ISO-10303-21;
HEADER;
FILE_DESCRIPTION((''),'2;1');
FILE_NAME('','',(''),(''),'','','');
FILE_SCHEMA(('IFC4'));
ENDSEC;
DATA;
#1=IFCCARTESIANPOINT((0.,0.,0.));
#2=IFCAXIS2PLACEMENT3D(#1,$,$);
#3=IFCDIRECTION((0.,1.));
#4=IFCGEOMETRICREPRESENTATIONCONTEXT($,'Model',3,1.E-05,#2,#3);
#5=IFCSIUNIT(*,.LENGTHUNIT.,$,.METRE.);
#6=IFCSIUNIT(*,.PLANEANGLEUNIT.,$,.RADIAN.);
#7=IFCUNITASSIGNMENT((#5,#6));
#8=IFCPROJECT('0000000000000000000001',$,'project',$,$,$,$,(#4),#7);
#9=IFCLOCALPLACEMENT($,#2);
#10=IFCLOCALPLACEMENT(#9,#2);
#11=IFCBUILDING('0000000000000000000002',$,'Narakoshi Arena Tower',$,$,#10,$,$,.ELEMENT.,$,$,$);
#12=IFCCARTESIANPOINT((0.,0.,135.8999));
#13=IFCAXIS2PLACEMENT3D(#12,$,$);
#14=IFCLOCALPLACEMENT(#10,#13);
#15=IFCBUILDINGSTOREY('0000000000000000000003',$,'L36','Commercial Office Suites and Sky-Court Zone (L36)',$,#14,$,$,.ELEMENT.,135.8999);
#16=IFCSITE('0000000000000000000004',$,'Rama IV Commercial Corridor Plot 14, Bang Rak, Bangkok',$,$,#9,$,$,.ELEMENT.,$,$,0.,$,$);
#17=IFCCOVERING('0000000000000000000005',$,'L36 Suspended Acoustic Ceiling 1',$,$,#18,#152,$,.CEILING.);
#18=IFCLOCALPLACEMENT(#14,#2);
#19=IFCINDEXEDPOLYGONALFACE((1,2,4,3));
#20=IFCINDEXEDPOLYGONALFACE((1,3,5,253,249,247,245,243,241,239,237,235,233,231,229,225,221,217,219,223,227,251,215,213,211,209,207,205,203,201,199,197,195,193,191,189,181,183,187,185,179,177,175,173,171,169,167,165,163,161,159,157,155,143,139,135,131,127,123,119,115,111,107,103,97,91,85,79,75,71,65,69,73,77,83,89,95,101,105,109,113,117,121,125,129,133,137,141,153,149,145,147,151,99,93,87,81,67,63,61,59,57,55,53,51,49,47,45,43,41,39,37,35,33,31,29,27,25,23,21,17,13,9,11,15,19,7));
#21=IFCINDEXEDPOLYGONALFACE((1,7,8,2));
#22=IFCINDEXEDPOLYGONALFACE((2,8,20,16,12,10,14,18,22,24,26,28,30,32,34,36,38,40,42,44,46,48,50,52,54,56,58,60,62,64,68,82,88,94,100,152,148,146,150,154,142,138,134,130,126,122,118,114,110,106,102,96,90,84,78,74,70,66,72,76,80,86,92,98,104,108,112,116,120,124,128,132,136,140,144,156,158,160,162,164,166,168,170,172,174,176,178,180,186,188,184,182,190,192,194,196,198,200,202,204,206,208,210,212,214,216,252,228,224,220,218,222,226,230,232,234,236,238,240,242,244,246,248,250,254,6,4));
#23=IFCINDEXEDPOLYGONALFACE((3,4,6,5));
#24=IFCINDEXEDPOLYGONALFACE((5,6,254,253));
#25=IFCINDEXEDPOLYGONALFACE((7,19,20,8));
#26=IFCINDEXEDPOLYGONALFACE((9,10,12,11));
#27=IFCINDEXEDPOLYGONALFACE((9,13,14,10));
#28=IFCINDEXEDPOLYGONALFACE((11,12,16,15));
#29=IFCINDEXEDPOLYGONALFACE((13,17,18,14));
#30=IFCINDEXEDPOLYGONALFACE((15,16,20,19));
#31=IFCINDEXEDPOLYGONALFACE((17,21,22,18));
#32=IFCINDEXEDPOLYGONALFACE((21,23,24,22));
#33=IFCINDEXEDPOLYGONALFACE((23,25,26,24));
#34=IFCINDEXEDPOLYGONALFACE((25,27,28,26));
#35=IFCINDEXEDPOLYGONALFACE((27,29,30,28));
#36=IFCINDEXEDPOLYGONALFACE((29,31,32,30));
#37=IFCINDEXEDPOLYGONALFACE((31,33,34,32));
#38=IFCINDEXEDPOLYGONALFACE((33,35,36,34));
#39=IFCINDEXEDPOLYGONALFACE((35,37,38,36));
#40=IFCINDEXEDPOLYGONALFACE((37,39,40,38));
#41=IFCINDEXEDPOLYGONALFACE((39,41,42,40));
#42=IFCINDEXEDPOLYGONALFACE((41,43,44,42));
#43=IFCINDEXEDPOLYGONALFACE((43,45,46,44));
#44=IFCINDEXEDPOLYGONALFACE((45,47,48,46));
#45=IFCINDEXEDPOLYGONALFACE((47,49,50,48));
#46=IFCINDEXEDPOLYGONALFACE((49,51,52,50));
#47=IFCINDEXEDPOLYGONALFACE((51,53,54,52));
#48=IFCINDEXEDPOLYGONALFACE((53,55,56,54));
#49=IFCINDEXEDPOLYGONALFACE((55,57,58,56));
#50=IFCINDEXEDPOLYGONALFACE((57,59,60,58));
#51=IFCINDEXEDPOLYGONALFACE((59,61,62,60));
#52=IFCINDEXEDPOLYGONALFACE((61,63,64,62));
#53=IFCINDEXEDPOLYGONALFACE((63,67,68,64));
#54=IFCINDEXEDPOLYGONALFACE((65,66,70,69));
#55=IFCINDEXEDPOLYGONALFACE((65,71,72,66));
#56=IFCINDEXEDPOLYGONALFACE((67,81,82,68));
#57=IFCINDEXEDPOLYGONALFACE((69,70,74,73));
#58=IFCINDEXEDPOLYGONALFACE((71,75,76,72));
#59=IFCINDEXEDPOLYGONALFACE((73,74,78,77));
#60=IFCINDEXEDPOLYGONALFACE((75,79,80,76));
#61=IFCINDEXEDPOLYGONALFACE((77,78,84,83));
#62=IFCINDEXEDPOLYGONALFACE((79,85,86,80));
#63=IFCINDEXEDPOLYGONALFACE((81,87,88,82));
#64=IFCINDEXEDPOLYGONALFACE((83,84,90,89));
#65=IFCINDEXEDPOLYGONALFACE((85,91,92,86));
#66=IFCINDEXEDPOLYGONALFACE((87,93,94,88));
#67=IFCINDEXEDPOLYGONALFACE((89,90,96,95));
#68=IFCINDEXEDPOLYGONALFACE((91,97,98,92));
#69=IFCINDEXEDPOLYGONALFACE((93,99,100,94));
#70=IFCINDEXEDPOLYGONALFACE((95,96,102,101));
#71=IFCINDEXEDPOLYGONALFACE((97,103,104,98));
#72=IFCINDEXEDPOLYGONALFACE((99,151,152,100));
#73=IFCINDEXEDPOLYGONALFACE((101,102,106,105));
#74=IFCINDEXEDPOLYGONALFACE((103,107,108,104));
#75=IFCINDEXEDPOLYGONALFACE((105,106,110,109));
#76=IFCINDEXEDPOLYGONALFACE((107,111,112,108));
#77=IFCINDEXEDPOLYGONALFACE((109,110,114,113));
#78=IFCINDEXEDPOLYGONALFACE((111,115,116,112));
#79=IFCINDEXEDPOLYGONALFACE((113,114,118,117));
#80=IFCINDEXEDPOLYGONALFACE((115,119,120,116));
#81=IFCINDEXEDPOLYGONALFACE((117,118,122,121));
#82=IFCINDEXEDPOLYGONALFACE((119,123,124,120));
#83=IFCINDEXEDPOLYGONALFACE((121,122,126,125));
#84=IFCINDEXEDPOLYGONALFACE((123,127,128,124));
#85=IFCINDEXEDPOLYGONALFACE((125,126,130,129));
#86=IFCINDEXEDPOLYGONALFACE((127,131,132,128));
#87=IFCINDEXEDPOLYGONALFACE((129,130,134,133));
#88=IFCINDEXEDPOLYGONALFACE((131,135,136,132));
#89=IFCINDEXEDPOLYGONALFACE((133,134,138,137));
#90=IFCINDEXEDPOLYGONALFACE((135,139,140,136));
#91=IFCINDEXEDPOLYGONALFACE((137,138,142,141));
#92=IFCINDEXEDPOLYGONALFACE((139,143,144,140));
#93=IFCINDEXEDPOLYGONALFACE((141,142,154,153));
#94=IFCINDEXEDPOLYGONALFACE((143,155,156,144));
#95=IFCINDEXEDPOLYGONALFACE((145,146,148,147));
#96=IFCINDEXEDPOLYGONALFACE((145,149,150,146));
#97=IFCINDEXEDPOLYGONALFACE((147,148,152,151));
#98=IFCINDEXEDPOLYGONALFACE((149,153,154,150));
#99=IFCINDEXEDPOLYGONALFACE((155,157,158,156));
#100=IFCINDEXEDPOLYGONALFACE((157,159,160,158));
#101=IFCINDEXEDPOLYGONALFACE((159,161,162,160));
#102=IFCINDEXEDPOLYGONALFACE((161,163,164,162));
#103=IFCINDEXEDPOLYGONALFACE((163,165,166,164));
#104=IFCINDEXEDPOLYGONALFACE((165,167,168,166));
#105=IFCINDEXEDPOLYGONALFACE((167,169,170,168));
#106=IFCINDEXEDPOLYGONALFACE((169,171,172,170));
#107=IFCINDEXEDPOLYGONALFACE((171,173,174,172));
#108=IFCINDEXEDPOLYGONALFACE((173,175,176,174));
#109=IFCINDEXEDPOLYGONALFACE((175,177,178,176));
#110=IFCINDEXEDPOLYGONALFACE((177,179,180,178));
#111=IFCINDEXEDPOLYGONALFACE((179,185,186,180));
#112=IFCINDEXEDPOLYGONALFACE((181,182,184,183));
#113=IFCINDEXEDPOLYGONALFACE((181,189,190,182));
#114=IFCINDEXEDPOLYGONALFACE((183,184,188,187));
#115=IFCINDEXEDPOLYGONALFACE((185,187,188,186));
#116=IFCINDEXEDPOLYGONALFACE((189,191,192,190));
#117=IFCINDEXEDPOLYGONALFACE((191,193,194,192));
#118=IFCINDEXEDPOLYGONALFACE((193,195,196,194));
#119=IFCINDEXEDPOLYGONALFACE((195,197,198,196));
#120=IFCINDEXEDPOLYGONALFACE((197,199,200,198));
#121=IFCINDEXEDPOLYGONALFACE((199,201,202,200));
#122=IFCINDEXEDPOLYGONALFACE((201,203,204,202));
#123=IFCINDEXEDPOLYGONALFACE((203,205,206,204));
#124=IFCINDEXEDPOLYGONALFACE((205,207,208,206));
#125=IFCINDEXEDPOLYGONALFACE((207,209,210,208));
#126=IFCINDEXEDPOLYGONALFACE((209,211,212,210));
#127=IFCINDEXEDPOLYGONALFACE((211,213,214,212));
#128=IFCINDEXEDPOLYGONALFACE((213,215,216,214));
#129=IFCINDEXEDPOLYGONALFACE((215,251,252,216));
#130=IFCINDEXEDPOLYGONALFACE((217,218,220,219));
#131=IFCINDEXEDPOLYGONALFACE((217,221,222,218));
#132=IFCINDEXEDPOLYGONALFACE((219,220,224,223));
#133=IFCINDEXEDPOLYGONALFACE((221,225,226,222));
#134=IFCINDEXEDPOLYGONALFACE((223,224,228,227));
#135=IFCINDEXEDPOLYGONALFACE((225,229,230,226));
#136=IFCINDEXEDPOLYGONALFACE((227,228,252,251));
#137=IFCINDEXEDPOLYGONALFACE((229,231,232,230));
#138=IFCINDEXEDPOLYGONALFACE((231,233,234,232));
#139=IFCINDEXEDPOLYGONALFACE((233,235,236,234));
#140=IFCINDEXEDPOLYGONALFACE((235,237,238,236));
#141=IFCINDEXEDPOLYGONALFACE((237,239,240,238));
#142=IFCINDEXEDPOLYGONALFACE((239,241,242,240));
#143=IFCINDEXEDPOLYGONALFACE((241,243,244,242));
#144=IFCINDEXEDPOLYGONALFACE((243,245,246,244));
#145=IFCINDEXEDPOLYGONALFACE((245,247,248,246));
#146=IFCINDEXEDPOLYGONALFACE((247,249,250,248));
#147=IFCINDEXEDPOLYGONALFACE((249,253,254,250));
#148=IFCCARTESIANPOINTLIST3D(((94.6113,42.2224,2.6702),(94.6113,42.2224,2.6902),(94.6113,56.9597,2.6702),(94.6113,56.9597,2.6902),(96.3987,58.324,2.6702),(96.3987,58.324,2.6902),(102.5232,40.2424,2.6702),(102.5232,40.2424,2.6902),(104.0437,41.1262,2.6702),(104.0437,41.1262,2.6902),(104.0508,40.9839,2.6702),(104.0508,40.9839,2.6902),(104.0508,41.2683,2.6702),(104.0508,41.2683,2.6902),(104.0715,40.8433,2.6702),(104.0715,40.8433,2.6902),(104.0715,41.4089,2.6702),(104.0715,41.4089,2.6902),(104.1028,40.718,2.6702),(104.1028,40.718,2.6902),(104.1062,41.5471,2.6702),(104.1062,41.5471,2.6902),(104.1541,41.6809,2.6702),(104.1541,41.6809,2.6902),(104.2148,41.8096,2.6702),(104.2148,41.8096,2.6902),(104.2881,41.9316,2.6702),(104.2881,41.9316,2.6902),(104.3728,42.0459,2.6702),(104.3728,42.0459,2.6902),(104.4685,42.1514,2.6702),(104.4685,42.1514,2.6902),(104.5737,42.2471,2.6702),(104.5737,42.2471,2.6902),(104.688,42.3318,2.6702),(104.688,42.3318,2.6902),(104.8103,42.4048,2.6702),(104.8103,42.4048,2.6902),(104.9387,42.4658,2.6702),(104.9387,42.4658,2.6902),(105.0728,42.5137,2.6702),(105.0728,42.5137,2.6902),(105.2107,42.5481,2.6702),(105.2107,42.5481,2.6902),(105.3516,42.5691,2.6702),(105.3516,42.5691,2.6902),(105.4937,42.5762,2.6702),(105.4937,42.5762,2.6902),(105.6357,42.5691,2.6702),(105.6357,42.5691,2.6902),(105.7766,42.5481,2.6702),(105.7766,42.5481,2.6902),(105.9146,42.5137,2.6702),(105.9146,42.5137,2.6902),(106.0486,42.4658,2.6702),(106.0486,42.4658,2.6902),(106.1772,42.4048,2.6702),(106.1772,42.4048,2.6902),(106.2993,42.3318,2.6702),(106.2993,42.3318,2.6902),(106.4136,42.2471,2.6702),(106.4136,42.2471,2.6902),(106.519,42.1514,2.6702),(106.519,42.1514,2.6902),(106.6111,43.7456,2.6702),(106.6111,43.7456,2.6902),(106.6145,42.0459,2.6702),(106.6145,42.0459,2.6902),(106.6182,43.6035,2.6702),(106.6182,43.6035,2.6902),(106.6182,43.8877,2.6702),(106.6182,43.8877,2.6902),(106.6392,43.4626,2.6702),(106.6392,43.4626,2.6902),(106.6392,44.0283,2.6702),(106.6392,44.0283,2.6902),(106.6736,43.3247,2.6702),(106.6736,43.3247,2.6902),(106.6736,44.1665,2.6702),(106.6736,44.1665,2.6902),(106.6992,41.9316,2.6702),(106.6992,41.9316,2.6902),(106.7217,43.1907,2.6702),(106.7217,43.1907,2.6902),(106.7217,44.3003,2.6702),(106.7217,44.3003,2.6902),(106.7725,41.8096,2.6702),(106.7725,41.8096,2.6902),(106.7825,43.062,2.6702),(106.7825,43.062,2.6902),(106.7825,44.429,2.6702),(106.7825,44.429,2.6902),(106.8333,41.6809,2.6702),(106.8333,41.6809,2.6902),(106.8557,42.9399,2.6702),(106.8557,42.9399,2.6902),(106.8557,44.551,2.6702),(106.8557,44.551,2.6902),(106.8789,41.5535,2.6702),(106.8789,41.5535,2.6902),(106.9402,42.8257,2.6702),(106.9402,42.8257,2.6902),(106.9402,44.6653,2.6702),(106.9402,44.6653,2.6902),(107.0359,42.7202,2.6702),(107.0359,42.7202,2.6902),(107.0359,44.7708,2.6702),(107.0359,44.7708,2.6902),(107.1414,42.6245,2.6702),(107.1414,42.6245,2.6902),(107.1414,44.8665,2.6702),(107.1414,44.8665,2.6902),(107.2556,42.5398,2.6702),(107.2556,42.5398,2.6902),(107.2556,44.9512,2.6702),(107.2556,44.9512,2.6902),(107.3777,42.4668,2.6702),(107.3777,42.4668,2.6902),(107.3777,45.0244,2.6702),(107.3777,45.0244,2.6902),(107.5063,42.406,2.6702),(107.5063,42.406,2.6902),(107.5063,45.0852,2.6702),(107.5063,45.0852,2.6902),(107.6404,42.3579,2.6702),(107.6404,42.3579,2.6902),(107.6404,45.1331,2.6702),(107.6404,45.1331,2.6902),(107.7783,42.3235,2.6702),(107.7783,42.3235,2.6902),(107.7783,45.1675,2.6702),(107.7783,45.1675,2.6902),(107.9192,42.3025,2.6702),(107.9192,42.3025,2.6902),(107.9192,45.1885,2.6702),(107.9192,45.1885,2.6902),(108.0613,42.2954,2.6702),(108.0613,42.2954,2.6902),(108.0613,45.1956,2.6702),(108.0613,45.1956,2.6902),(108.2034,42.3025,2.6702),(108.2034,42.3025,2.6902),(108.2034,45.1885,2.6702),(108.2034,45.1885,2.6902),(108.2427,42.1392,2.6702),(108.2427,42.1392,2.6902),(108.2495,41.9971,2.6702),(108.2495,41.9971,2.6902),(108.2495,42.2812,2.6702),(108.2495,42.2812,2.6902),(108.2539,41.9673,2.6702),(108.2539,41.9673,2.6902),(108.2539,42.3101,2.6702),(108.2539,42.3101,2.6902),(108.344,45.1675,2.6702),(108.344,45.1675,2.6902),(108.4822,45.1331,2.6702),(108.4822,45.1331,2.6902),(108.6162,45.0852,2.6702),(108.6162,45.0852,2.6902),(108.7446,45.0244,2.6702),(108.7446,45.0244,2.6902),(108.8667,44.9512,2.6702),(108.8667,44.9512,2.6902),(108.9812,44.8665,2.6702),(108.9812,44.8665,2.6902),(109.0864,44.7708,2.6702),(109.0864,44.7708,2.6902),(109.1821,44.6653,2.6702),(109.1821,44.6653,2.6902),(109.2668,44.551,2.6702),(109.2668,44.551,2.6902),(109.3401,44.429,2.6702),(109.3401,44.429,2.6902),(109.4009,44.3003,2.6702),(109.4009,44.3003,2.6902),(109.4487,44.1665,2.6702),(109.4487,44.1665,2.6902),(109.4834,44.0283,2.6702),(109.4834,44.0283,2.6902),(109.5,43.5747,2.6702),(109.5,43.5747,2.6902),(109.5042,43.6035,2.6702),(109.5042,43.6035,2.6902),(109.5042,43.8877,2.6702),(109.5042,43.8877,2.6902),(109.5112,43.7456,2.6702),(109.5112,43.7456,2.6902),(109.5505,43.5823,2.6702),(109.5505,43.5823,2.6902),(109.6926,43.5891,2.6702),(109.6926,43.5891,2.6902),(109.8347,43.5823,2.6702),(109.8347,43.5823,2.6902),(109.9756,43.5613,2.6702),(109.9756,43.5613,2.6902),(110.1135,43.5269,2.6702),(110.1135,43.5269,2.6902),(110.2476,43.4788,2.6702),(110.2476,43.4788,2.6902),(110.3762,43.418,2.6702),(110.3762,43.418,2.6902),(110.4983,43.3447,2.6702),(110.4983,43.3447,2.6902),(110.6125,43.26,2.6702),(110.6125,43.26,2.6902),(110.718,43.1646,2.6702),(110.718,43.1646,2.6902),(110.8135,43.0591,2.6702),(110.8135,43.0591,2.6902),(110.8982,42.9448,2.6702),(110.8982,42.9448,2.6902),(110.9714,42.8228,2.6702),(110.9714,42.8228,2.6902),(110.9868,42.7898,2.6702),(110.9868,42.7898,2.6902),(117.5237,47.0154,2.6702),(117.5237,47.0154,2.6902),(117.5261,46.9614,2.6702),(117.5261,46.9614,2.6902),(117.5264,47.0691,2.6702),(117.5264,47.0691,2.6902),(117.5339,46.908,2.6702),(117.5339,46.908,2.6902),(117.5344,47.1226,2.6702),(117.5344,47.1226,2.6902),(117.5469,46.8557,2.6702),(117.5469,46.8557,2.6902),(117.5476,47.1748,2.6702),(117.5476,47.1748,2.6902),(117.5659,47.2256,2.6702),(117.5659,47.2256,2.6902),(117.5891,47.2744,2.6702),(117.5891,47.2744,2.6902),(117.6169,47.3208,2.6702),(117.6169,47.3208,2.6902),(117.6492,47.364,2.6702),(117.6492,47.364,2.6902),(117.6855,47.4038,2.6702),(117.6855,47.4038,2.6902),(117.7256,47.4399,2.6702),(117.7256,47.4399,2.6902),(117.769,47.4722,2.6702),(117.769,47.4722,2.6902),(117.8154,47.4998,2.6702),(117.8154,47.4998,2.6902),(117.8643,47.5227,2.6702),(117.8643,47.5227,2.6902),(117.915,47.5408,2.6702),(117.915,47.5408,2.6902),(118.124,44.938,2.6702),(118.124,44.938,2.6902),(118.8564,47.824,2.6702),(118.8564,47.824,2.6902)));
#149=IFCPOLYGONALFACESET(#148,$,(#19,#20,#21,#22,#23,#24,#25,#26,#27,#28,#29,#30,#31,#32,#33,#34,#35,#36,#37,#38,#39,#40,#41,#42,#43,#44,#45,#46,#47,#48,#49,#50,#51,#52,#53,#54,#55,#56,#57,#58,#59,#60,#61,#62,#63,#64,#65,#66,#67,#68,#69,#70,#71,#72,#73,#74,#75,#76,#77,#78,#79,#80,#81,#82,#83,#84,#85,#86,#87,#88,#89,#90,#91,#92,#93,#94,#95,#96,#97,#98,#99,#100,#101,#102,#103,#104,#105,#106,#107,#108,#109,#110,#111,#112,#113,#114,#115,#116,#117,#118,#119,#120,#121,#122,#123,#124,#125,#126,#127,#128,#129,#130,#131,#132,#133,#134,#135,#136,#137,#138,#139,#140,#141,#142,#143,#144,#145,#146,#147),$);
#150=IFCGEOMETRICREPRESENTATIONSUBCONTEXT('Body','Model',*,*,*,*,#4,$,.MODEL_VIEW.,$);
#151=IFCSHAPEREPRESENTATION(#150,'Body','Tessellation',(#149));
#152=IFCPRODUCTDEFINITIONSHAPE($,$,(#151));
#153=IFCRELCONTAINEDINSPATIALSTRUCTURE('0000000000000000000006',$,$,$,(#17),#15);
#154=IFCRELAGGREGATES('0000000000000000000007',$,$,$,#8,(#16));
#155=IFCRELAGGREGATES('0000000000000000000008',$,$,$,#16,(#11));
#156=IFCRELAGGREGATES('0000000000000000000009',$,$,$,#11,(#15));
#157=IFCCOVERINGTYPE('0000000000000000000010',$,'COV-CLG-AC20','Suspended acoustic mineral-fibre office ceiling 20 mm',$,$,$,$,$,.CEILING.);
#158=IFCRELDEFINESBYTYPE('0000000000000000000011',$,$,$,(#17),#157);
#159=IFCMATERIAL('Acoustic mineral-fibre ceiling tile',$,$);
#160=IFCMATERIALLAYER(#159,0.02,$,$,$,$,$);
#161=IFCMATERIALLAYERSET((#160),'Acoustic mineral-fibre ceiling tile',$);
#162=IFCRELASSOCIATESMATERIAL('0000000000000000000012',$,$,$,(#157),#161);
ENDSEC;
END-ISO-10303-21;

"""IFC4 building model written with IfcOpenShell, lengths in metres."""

from ifc_helpers import new_model, si_unit, direction, frame, origin, place, context, subcontext, project, spatial, polyline, outline, extrude, material, layer, layer_set, type_object, element, save


model = new_model("IFC4")

# Units and contexts
model_context = context("Model", 3, precision=1e-05, world=origin(), true_north=direction((0.0, 1.0)))
body_context = subcontext(model_context, "Body", "Model", "MODEL_VIEW")
ifc_project = project(units=[si_unit("LENGTHUNIT", "METRE"), si_unit("PLANEANGLEUNIT", "RADIAN")], contexts=[model_context])

# Site, building, storey
site_placement = place(None, origin())
site = spatial("IfcSite", under=ifc_project, at=site_placement, Name="Rama IV Commercial Corridor Plot 14, Bang Rak, Bangkok", CompositionType="ELEMENT", RefElevation=0.0)
building_placement = place(site_placement, origin())
building = spatial("IfcBuilding", under=site, at=building_placement, Name="Narakoshi Arena Tower", CompositionType="ELEMENT")
storey_placement = place(building_placement, frame((0.0, 0.0, 135.8999)))
storey = spatial("IfcBuildingStorey", under=building, at=storey_placement, Name="L36", Description="Commercial Office Suites and Sky-Court Zone (L36)", CompositionType="ELEMENT", Elevation=135.8999)

# Covering
ifc_material_1 = material(Name="Acoustic mineral-fibre ceiling tile")
ifc_layer_1 = layer(ifc_material_1, 0.02)
ifc_layer_set_1 = layer_set([ifc_layer_1], Name="Acoustic mineral-fibre ceiling tile")
covering_type_1 = type_object("IfcCoveringType", Name="COV-CLG-AC20", Description="Suspended acoustic mineral-fibre office ceiling 20 mm", PredefinedType="CEILING", material=ifc_layer_set_1)
covering_1_placement = place(storey_placement, frame((0.0, 0.0, 2.6702)))
element("IfcCovering", 1, at=covering_1_placement, inside=storey, type_object=covering_type_1, Name="L36 Suspended Acoustic Ceiling 1", PredefinedType="CEILING", context=body_context, shape_type="SweptSolid", body=[
    extrude(outline(polyline([(117.915, 47.5408), (117.8643, 47.5227), (117.8154, 47.4998), (117.769, 47.4722), (117.7256, 47.4399), (117.6855, 47.4038), (117.6492, 47.364), (117.6169, 47.3208), (117.5891, 47.2744), (117.5659, 47.2256), (117.5476, 47.1748), (117.5344, 47.1226), (117.5264, 47.0691), (117.5237, 47.0154), (117.5261, 46.9614), (117.5339, 46.908), (117.5469, 46.8557), (118.124, 44.938), (110.9868, 42.7898), (110.9714, 42.8228), (110.8982, 42.9448), (110.8135, 43.0591), (110.718, 43.1646), (110.6125, 43.26), (110.4983, 43.3447), (110.3762, 43.418), (110.2476, 43.4788), (110.1135, 43.5269), (109.9756, 43.5613), (109.8347, 43.5823), (109.6926, 43.5891), (109.5505, 43.5823), (109.5, 43.5747), (109.5042, 43.6035), (109.5112, 43.7456), (109.5042, 43.8877), (109.4834, 44.0283), (109.4487, 44.1665), (109.4009, 44.3003), (109.3401, 44.429), (109.2668, 44.551), (109.1821, 44.6653), (109.0864, 44.7708), (108.9812, 44.8665), (108.8667, 44.9512), (108.7446, 45.0244), (108.6162, 45.0852), (108.4822, 45.1331), (108.344, 45.1675), (108.2034, 45.1885), (108.0613, 45.1956), (107.9192, 45.1885), (107.7783, 45.1675), (107.6404, 45.1331), (107.5063, 45.0852), (107.3777, 45.0244), (107.2556, 44.9512), (107.1414, 44.8665), (107.0359, 44.7708), (106.9402, 44.6653), (106.8557, 44.551), (106.7825, 44.429), (106.7217, 44.3003), (106.6736, 44.1665), (106.6392, 44.0283), (106.6182, 43.8877), (106.6111, 43.7456), (106.6182, 43.6035), (106.6392, 43.4626), (106.6736, 43.3247), (106.7217, 43.1907), (106.7825, 43.062), (106.8557, 42.9399), (106.9402, 42.8257), (107.0359, 42.7202), (107.1414, 42.6245), (107.2556, 42.5398), (107.3777, 42.4668), (107.5063, 42.406), (107.6404, 42.3579), (107.7783, 42.3235), (107.9192, 42.3025), (108.0613, 42.2954), (108.2034, 42.3025), (108.2539, 42.3101), (108.2495, 42.2812), (108.2427, 42.1392), (108.2495, 41.9971), (108.2539, 41.9673), (106.8789, 41.5535), (106.8333, 41.6809), (106.7725, 41.8096), (106.6992, 41.9316), (106.6145, 42.0459), (106.519, 42.1514), (106.4136, 42.2471), (106.2993, 42.3318), (106.1772, 42.4048), (106.0486, 42.4658), (105.9146, 42.5137), (105.7766, 42.5481), (105.6357, 42.5691), (105.4937, 42.5762), (105.3516, 42.5691), (105.2107, 42.5481), (105.0728, 42.5137), (104.9387, 42.4658), (104.8103, 42.4048), (104.688, 42.3318), (104.5737, 42.2471), (104.4685, 42.1514), (104.3728, 42.0459), (104.2881, 41.9316), (104.2148, 41.8096), (104.1541, 41.6809), (104.1062, 41.5471), (104.0715, 41.4089), (104.0508, 41.2683), (104.0437, 41.1262), (104.0508, 40.9839), (104.0715, 40.8433), (104.1028, 40.718), (102.5232, 40.2424), (94.6113, 42.2224), (94.6113, 56.9597), (96.3987, 58.324), (118.8564, 47.824), (117.915, 47.5408)])), origin(), (0.0, 0.0, 1.0), 0.02),
])

save(model, "model.ifc")
